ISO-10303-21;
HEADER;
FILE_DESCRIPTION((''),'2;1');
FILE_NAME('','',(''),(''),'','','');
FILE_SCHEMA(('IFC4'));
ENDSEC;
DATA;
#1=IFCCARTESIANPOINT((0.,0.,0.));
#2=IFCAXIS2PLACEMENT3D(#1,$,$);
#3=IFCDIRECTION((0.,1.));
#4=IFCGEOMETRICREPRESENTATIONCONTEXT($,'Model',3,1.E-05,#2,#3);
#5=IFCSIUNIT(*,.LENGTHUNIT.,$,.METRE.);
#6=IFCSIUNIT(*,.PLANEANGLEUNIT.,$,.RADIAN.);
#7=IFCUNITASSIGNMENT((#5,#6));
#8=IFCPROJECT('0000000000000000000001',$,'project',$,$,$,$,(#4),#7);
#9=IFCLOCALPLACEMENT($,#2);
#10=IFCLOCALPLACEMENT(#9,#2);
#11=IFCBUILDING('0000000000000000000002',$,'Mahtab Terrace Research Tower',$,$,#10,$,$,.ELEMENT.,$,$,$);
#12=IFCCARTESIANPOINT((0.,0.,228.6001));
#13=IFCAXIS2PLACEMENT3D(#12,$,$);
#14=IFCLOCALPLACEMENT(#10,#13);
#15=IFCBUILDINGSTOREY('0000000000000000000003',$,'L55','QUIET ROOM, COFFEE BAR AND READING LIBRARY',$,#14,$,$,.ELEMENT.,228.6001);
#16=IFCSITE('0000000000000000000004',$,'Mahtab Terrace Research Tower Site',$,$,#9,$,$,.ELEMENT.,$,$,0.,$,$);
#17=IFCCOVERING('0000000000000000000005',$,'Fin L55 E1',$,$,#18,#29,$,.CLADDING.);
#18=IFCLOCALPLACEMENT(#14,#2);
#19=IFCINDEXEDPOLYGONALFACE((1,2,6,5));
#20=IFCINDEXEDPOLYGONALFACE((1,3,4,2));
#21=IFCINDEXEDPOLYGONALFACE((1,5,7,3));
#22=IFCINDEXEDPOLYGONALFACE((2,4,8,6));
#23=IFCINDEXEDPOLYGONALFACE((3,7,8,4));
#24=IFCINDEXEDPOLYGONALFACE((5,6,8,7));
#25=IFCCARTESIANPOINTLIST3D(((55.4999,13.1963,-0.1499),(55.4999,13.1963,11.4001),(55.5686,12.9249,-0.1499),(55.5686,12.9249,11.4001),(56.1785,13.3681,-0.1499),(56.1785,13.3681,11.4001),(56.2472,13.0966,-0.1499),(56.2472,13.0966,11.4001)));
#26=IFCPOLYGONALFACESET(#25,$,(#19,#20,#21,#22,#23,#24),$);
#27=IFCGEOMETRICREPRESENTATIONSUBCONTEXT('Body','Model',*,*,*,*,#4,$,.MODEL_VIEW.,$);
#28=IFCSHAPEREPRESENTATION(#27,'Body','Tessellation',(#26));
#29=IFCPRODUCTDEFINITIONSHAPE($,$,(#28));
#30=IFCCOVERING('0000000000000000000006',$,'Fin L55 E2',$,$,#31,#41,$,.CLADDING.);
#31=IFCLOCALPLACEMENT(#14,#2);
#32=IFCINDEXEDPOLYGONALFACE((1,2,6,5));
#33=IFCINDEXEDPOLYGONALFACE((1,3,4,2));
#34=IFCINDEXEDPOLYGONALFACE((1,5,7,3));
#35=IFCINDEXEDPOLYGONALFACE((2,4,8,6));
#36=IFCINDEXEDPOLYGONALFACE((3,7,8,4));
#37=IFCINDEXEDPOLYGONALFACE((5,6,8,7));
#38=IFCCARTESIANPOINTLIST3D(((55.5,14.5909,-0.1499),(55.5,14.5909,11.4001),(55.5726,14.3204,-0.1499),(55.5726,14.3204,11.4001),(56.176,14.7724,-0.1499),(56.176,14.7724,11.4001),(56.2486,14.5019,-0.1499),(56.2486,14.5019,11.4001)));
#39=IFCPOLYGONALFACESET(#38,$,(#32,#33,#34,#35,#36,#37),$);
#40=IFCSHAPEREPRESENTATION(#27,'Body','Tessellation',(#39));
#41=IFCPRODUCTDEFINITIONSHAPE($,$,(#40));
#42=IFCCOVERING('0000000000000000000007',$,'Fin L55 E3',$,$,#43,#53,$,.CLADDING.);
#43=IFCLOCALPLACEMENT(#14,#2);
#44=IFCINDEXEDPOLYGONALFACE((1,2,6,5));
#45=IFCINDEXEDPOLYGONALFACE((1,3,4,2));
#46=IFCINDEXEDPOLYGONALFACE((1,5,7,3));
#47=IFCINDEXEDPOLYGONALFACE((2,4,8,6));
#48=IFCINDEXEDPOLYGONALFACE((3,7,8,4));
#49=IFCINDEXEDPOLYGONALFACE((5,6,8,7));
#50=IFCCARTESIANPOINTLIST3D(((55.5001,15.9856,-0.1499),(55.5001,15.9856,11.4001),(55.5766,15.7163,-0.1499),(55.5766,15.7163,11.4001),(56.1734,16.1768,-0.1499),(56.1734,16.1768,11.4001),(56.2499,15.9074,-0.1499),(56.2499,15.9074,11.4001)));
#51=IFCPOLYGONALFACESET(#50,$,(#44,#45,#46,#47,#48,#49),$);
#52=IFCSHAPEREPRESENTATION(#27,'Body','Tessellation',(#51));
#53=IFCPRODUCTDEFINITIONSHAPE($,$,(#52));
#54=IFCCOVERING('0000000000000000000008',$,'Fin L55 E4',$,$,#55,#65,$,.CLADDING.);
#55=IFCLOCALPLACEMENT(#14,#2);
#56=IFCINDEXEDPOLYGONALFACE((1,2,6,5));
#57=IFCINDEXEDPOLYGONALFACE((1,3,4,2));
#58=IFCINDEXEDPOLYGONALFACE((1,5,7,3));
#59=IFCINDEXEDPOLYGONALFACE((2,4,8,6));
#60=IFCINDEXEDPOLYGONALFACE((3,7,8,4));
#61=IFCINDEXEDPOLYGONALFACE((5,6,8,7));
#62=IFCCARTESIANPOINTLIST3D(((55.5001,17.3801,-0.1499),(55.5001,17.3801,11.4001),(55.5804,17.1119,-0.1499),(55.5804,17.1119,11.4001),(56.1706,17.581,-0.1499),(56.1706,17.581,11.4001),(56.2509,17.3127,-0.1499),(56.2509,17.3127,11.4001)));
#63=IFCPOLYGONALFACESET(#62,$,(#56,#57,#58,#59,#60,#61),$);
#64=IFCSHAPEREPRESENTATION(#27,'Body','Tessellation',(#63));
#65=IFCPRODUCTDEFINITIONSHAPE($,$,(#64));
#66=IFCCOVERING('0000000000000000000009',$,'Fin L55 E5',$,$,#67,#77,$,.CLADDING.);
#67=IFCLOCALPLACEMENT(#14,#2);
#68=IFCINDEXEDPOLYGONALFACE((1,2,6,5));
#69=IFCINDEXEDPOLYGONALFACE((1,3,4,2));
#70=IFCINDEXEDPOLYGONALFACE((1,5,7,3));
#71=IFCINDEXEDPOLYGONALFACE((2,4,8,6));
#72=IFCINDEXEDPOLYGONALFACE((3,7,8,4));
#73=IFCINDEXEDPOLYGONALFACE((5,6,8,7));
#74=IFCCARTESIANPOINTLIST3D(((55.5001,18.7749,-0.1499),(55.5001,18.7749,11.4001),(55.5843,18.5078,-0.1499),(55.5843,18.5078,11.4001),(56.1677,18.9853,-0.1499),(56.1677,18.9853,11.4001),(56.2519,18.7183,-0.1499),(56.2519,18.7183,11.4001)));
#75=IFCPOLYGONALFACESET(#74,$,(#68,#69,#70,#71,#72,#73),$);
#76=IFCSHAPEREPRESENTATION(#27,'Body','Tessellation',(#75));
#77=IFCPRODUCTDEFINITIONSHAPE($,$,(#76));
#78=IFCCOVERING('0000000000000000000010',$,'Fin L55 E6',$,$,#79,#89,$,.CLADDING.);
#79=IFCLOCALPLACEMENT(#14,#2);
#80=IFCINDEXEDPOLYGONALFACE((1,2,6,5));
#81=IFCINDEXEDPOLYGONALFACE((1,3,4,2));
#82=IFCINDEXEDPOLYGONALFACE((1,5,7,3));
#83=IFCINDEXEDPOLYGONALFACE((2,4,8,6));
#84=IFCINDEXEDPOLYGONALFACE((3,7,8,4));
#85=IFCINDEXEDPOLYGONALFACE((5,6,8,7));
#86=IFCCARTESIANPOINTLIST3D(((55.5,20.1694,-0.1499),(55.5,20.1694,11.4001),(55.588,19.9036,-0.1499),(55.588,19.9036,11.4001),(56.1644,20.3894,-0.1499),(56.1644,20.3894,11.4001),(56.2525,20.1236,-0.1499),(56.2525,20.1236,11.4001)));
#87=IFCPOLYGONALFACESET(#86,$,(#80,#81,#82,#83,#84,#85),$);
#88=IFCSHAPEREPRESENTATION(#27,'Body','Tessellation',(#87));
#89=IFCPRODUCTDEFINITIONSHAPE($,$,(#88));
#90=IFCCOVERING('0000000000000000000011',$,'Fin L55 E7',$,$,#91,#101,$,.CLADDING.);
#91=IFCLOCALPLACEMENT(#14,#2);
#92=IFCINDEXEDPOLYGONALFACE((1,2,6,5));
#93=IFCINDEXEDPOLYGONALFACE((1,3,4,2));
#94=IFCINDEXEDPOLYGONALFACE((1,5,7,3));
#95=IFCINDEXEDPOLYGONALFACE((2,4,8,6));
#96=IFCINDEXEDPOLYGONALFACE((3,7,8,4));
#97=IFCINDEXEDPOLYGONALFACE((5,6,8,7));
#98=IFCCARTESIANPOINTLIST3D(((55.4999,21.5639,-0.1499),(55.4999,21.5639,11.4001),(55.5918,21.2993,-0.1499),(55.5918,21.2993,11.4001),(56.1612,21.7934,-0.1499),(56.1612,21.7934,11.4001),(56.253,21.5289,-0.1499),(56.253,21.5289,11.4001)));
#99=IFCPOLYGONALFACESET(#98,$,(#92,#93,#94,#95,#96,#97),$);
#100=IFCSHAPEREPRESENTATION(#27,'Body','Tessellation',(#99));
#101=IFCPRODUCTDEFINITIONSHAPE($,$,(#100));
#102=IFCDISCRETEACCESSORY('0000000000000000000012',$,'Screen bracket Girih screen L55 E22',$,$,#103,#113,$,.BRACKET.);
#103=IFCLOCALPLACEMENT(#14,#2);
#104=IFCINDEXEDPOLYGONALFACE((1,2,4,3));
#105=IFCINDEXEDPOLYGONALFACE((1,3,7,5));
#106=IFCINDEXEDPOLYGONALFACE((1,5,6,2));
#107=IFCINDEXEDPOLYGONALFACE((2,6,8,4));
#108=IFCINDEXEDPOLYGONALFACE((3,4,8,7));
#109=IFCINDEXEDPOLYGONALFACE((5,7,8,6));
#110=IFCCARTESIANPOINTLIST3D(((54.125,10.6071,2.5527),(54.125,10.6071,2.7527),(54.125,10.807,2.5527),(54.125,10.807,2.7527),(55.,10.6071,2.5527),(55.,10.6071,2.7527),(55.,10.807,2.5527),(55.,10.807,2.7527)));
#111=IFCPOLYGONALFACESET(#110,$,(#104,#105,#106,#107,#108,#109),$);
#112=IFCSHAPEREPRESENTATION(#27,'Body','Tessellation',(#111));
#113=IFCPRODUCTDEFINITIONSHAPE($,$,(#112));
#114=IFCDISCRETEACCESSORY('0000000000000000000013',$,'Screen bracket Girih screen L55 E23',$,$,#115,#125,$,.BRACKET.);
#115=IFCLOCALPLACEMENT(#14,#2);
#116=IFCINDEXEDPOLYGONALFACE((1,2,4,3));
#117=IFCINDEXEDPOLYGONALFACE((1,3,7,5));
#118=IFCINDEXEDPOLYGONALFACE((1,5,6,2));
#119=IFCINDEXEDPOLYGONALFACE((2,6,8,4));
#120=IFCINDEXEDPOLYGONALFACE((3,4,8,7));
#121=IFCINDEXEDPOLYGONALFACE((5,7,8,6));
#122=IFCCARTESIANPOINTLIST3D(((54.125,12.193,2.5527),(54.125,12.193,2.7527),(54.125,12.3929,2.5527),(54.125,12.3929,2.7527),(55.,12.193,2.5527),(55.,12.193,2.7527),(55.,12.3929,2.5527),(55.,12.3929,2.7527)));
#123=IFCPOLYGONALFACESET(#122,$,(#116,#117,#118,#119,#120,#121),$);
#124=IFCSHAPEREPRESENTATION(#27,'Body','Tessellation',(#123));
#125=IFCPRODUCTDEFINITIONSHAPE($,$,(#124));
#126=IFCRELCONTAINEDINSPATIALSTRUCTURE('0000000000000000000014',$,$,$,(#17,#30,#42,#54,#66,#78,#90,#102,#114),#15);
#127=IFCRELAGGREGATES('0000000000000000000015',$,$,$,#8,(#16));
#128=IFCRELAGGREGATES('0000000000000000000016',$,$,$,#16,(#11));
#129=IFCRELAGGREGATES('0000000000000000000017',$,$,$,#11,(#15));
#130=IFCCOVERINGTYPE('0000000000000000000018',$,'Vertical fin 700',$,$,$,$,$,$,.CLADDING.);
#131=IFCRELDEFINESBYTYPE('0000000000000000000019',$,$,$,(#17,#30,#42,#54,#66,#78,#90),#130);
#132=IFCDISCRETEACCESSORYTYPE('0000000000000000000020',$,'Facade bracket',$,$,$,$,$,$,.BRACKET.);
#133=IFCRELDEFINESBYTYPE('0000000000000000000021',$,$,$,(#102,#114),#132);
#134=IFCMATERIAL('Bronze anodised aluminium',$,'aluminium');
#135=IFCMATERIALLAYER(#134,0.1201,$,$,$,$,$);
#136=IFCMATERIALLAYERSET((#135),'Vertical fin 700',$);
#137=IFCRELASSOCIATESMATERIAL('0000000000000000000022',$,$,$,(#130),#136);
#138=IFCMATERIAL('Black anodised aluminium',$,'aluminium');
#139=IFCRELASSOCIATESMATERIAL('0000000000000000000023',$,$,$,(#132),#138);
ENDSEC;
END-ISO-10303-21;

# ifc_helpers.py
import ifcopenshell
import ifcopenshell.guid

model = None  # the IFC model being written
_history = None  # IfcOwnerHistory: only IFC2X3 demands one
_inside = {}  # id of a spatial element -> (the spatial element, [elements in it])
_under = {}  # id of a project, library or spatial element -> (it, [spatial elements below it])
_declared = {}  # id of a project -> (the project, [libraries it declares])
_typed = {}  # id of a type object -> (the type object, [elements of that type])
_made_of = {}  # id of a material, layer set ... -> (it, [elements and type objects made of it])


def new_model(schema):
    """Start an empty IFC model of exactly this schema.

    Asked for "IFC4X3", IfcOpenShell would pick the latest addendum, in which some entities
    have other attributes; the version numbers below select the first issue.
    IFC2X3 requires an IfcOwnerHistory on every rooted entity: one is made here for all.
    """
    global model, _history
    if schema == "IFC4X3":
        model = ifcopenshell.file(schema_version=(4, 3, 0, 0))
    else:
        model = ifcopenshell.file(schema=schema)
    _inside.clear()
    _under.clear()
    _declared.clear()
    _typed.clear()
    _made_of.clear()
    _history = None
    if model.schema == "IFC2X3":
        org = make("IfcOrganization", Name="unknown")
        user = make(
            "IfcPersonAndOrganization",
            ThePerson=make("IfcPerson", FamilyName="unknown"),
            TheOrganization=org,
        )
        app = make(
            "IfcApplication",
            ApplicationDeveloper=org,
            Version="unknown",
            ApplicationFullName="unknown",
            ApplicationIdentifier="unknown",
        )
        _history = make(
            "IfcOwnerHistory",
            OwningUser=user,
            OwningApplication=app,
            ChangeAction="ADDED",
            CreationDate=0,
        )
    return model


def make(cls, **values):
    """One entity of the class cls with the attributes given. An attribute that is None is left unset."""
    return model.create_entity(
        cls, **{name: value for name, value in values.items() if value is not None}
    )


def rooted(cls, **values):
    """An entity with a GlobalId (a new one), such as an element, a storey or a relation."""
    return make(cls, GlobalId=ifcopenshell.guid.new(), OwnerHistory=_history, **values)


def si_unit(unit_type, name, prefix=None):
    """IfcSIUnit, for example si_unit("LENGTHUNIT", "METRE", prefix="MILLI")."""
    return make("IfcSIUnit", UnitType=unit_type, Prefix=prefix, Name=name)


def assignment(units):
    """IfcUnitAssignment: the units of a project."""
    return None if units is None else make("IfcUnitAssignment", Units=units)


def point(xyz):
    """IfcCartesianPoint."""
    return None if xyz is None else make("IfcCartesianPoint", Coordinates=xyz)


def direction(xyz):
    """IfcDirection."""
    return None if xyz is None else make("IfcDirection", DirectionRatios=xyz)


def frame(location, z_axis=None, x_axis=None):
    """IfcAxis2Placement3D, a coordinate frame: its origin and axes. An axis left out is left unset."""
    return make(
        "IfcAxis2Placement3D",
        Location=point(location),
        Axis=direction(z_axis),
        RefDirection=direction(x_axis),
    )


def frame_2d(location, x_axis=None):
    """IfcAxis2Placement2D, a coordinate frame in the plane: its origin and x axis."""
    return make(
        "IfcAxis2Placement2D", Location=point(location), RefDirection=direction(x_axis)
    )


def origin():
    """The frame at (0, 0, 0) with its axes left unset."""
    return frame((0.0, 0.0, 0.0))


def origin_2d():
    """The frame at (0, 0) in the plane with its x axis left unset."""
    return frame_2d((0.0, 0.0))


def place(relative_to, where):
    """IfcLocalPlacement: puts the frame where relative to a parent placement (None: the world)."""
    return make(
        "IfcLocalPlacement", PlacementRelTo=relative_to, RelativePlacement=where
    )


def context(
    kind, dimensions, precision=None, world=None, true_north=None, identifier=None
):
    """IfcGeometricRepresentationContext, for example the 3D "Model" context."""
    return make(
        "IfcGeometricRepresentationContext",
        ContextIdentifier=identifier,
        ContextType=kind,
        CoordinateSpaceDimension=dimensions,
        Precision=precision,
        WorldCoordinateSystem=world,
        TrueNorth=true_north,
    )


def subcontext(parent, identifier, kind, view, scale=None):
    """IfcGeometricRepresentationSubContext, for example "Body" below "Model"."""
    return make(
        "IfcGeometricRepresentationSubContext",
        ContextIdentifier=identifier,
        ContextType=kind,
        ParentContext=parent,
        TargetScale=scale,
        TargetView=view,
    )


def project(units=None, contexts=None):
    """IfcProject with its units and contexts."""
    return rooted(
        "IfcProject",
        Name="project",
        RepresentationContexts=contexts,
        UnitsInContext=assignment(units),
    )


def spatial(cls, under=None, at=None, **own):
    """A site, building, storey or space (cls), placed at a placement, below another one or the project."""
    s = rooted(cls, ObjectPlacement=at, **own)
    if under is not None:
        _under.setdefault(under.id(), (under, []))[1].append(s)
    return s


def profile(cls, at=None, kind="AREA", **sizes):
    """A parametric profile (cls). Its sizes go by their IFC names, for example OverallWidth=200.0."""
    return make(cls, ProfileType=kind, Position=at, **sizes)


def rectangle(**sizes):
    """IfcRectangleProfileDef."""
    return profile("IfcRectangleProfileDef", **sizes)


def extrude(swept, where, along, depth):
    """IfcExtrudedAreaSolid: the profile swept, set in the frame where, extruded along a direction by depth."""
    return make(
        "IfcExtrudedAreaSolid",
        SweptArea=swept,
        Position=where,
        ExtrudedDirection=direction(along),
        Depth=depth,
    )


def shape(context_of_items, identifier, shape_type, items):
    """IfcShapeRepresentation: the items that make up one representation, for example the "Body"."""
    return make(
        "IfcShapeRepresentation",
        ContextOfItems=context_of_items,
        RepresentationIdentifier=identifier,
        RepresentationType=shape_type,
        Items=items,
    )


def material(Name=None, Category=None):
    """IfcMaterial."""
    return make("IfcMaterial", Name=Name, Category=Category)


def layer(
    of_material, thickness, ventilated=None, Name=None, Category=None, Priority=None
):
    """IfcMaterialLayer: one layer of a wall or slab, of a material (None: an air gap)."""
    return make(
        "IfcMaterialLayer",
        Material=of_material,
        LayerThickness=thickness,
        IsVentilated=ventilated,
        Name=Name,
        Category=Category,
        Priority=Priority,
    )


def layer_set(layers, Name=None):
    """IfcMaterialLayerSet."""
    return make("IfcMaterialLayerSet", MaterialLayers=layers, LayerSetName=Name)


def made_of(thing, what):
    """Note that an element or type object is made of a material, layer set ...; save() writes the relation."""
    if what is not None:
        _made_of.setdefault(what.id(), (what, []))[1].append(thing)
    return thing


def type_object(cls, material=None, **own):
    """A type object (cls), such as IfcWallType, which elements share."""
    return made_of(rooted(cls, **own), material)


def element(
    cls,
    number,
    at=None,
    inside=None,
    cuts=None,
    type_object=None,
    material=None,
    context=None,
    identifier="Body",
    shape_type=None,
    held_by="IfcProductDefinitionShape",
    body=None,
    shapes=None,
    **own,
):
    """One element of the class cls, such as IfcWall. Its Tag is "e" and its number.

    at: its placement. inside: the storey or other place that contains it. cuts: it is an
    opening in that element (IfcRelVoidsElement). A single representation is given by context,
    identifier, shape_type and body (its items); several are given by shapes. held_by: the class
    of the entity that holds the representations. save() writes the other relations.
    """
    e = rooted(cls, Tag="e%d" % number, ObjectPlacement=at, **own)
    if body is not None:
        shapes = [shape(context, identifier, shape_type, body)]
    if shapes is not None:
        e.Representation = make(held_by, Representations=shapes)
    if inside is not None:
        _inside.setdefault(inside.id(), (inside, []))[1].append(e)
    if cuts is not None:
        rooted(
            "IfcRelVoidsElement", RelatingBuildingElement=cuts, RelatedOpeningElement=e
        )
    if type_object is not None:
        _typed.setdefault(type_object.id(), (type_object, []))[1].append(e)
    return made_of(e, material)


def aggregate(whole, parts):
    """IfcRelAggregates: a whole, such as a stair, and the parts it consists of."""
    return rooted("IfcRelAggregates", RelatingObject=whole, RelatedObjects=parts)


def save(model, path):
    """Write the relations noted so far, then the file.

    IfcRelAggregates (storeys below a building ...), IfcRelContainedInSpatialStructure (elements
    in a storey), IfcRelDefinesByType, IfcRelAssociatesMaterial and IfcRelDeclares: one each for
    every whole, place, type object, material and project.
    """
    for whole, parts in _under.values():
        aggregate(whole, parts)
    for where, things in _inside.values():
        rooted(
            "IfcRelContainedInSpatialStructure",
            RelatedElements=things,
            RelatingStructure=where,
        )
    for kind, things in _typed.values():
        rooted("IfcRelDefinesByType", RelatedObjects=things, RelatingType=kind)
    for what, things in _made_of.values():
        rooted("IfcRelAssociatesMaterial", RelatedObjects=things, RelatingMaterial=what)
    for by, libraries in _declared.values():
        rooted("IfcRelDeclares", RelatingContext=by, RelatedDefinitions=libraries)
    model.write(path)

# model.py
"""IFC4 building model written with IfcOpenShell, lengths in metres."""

from ifc_helpers import new_model, si_unit, direction, frame, origin, origin_2d, place, context, subcontext, project, spatial, rectangle, extrude, material, layer, layer_set, type_object, element, save


model = new_model("IFC4")

# Units and contexts
model_context = context("Model", 3, precision=1e-05, world=origin(), true_north=direction((0.0, 1.0)))
body_context = subcontext(model_context, "Body", "Model", "MODEL_VIEW")
ifc_project = project(units=[si_unit("LENGTHUNIT", "METRE"), si_unit("PLANEANGLEUNIT", "RADIAN")], contexts=[model_context])

# Site, building, storey
site_placement = place(None, origin())
site = spatial("IfcSite", under=ifc_project, at=site_placement, Name="Mahtab Terrace Research Tower Site", CompositionType="ELEMENT", RefElevation=0.0)
building_placement = place(site_placement, origin())
building = spatial("IfcBuilding", under=site, at=building_placement, Name="Mahtab Terrace Research Tower", CompositionType="ELEMENT")
storey_placement = place(building_placement, frame((0.0, 0.0, 228.6001)))
storey = spatial("IfcBuildingStorey", under=building, at=storey_placement, Name="L55", Description="QUIET ROOM, COFFEE BAR AND READING LIBRARY", CompositionType="ELEMENT", Elevation=228.6001)

# Coverings
ifc_material_1 = material(Name="Bronze anodised aluminium", Category="aluminium")
ifc_layer_1 = layer(ifc_material_1, 0.1201)
ifc_layer_set_1 = layer_set([ifc_layer_1], Name="Vertical fin 700")
covering_type_1 = type_object("IfcCoveringType", Name="Vertical fin 700", PredefinedType="CLADDING", material=ifc_layer_set_1)
for number, where, z_axis, x_axis, name in (
    (1, (55.8735, 13.1465, -0.1499), (0.0, 0.0, 1.0), (-0.245372, 0.969429, 0.0), "Fin L55 E1"),
    (2, (55.8743, 14.5464, -0.1499), (0.0, 0.0, 1.0), (-0.25928, 0.965802, 0.0), "Fin L55 E2"),
    (3, (55.875, 15.9465, -0.1499), (0.0, 0.0, 1.0), (-0.273135, 0.961976, 0.0), "Fin L55 E3"),
    (4, (55.8755, 17.3464, -0.1499), (0.0, 0.0, 1.0), (-0.286933, 0.957951, 0.0), "Fin L55 E4"),
    (5, (55.876, 18.7466, -0.1499), (0.0, 0.0, 1.0), (-0.300672, 0.953728, 0.0), "Fin L55 E5"),
    (6, (55.8762, 20.1465, -0.1499), (0.0, 0.0, 1.0), (-0.314348, 0.949308, 0.0), "Fin L55 E6"),
    (7, (55.8765, 21.5464, -0.1499), (0.0, 0.0, 1.0), (-0.32796, 0.944692, 0.0), "Fin L55 E7"),
):
    element("IfcCovering", number, at=place(storey_placement, frame(where, z_axis=z_axis, x_axis=x_axis)), inside=storey, type_object=covering_type_1, Name=name, PredefinedType="CLADDING", context=body_context, shape_type="SweptSolid", body=[
        extrude(rectangle(XDim=0.28, YDim=0.7, at=origin_2d()), origin(), (0.0, 0.0, 1.0), 11.55),
    ])

# Discrete accessories
ifc_material_2 = material(Name="Black anodised aluminium", Category="aluminium")
discrete_accessory_type = type_object("IfcDiscreteAccessoryType", Name="Facade bracket", PredefinedType="BRACKET", material=ifc_material_2)
for number, where, z_axis, x_axis, name in (
    (8, (54.5625, 10.707, 2.5527), (0.0, 0.0, 1.0), (0.0, 1.0, 0.0), "Screen bracket Girih screen L55 E22"),
    (9, (54.5625, 12.293, 2.5527), (0.0, 0.0, 1.0), (0.0, 1.0, 0.0), "Screen bracket Girih screen L55 E23"),
):
    element("IfcDiscreteAccessory", number, at=place(storey_placement, frame(where, z_axis=z_axis, x_axis=x_axis)), inside=storey, type_object=discrete_accessory_type, Name=name, PredefinedType="BRACKET", context=body_context, shape_type="SweptSolid", body=[
        extrude(rectangle(XDim=0.2, YDim=0.875, at=origin_2d()), origin(), (0.0, 0.0, 1.0), 0.2),
    ])

save(model, "model.ifc")
